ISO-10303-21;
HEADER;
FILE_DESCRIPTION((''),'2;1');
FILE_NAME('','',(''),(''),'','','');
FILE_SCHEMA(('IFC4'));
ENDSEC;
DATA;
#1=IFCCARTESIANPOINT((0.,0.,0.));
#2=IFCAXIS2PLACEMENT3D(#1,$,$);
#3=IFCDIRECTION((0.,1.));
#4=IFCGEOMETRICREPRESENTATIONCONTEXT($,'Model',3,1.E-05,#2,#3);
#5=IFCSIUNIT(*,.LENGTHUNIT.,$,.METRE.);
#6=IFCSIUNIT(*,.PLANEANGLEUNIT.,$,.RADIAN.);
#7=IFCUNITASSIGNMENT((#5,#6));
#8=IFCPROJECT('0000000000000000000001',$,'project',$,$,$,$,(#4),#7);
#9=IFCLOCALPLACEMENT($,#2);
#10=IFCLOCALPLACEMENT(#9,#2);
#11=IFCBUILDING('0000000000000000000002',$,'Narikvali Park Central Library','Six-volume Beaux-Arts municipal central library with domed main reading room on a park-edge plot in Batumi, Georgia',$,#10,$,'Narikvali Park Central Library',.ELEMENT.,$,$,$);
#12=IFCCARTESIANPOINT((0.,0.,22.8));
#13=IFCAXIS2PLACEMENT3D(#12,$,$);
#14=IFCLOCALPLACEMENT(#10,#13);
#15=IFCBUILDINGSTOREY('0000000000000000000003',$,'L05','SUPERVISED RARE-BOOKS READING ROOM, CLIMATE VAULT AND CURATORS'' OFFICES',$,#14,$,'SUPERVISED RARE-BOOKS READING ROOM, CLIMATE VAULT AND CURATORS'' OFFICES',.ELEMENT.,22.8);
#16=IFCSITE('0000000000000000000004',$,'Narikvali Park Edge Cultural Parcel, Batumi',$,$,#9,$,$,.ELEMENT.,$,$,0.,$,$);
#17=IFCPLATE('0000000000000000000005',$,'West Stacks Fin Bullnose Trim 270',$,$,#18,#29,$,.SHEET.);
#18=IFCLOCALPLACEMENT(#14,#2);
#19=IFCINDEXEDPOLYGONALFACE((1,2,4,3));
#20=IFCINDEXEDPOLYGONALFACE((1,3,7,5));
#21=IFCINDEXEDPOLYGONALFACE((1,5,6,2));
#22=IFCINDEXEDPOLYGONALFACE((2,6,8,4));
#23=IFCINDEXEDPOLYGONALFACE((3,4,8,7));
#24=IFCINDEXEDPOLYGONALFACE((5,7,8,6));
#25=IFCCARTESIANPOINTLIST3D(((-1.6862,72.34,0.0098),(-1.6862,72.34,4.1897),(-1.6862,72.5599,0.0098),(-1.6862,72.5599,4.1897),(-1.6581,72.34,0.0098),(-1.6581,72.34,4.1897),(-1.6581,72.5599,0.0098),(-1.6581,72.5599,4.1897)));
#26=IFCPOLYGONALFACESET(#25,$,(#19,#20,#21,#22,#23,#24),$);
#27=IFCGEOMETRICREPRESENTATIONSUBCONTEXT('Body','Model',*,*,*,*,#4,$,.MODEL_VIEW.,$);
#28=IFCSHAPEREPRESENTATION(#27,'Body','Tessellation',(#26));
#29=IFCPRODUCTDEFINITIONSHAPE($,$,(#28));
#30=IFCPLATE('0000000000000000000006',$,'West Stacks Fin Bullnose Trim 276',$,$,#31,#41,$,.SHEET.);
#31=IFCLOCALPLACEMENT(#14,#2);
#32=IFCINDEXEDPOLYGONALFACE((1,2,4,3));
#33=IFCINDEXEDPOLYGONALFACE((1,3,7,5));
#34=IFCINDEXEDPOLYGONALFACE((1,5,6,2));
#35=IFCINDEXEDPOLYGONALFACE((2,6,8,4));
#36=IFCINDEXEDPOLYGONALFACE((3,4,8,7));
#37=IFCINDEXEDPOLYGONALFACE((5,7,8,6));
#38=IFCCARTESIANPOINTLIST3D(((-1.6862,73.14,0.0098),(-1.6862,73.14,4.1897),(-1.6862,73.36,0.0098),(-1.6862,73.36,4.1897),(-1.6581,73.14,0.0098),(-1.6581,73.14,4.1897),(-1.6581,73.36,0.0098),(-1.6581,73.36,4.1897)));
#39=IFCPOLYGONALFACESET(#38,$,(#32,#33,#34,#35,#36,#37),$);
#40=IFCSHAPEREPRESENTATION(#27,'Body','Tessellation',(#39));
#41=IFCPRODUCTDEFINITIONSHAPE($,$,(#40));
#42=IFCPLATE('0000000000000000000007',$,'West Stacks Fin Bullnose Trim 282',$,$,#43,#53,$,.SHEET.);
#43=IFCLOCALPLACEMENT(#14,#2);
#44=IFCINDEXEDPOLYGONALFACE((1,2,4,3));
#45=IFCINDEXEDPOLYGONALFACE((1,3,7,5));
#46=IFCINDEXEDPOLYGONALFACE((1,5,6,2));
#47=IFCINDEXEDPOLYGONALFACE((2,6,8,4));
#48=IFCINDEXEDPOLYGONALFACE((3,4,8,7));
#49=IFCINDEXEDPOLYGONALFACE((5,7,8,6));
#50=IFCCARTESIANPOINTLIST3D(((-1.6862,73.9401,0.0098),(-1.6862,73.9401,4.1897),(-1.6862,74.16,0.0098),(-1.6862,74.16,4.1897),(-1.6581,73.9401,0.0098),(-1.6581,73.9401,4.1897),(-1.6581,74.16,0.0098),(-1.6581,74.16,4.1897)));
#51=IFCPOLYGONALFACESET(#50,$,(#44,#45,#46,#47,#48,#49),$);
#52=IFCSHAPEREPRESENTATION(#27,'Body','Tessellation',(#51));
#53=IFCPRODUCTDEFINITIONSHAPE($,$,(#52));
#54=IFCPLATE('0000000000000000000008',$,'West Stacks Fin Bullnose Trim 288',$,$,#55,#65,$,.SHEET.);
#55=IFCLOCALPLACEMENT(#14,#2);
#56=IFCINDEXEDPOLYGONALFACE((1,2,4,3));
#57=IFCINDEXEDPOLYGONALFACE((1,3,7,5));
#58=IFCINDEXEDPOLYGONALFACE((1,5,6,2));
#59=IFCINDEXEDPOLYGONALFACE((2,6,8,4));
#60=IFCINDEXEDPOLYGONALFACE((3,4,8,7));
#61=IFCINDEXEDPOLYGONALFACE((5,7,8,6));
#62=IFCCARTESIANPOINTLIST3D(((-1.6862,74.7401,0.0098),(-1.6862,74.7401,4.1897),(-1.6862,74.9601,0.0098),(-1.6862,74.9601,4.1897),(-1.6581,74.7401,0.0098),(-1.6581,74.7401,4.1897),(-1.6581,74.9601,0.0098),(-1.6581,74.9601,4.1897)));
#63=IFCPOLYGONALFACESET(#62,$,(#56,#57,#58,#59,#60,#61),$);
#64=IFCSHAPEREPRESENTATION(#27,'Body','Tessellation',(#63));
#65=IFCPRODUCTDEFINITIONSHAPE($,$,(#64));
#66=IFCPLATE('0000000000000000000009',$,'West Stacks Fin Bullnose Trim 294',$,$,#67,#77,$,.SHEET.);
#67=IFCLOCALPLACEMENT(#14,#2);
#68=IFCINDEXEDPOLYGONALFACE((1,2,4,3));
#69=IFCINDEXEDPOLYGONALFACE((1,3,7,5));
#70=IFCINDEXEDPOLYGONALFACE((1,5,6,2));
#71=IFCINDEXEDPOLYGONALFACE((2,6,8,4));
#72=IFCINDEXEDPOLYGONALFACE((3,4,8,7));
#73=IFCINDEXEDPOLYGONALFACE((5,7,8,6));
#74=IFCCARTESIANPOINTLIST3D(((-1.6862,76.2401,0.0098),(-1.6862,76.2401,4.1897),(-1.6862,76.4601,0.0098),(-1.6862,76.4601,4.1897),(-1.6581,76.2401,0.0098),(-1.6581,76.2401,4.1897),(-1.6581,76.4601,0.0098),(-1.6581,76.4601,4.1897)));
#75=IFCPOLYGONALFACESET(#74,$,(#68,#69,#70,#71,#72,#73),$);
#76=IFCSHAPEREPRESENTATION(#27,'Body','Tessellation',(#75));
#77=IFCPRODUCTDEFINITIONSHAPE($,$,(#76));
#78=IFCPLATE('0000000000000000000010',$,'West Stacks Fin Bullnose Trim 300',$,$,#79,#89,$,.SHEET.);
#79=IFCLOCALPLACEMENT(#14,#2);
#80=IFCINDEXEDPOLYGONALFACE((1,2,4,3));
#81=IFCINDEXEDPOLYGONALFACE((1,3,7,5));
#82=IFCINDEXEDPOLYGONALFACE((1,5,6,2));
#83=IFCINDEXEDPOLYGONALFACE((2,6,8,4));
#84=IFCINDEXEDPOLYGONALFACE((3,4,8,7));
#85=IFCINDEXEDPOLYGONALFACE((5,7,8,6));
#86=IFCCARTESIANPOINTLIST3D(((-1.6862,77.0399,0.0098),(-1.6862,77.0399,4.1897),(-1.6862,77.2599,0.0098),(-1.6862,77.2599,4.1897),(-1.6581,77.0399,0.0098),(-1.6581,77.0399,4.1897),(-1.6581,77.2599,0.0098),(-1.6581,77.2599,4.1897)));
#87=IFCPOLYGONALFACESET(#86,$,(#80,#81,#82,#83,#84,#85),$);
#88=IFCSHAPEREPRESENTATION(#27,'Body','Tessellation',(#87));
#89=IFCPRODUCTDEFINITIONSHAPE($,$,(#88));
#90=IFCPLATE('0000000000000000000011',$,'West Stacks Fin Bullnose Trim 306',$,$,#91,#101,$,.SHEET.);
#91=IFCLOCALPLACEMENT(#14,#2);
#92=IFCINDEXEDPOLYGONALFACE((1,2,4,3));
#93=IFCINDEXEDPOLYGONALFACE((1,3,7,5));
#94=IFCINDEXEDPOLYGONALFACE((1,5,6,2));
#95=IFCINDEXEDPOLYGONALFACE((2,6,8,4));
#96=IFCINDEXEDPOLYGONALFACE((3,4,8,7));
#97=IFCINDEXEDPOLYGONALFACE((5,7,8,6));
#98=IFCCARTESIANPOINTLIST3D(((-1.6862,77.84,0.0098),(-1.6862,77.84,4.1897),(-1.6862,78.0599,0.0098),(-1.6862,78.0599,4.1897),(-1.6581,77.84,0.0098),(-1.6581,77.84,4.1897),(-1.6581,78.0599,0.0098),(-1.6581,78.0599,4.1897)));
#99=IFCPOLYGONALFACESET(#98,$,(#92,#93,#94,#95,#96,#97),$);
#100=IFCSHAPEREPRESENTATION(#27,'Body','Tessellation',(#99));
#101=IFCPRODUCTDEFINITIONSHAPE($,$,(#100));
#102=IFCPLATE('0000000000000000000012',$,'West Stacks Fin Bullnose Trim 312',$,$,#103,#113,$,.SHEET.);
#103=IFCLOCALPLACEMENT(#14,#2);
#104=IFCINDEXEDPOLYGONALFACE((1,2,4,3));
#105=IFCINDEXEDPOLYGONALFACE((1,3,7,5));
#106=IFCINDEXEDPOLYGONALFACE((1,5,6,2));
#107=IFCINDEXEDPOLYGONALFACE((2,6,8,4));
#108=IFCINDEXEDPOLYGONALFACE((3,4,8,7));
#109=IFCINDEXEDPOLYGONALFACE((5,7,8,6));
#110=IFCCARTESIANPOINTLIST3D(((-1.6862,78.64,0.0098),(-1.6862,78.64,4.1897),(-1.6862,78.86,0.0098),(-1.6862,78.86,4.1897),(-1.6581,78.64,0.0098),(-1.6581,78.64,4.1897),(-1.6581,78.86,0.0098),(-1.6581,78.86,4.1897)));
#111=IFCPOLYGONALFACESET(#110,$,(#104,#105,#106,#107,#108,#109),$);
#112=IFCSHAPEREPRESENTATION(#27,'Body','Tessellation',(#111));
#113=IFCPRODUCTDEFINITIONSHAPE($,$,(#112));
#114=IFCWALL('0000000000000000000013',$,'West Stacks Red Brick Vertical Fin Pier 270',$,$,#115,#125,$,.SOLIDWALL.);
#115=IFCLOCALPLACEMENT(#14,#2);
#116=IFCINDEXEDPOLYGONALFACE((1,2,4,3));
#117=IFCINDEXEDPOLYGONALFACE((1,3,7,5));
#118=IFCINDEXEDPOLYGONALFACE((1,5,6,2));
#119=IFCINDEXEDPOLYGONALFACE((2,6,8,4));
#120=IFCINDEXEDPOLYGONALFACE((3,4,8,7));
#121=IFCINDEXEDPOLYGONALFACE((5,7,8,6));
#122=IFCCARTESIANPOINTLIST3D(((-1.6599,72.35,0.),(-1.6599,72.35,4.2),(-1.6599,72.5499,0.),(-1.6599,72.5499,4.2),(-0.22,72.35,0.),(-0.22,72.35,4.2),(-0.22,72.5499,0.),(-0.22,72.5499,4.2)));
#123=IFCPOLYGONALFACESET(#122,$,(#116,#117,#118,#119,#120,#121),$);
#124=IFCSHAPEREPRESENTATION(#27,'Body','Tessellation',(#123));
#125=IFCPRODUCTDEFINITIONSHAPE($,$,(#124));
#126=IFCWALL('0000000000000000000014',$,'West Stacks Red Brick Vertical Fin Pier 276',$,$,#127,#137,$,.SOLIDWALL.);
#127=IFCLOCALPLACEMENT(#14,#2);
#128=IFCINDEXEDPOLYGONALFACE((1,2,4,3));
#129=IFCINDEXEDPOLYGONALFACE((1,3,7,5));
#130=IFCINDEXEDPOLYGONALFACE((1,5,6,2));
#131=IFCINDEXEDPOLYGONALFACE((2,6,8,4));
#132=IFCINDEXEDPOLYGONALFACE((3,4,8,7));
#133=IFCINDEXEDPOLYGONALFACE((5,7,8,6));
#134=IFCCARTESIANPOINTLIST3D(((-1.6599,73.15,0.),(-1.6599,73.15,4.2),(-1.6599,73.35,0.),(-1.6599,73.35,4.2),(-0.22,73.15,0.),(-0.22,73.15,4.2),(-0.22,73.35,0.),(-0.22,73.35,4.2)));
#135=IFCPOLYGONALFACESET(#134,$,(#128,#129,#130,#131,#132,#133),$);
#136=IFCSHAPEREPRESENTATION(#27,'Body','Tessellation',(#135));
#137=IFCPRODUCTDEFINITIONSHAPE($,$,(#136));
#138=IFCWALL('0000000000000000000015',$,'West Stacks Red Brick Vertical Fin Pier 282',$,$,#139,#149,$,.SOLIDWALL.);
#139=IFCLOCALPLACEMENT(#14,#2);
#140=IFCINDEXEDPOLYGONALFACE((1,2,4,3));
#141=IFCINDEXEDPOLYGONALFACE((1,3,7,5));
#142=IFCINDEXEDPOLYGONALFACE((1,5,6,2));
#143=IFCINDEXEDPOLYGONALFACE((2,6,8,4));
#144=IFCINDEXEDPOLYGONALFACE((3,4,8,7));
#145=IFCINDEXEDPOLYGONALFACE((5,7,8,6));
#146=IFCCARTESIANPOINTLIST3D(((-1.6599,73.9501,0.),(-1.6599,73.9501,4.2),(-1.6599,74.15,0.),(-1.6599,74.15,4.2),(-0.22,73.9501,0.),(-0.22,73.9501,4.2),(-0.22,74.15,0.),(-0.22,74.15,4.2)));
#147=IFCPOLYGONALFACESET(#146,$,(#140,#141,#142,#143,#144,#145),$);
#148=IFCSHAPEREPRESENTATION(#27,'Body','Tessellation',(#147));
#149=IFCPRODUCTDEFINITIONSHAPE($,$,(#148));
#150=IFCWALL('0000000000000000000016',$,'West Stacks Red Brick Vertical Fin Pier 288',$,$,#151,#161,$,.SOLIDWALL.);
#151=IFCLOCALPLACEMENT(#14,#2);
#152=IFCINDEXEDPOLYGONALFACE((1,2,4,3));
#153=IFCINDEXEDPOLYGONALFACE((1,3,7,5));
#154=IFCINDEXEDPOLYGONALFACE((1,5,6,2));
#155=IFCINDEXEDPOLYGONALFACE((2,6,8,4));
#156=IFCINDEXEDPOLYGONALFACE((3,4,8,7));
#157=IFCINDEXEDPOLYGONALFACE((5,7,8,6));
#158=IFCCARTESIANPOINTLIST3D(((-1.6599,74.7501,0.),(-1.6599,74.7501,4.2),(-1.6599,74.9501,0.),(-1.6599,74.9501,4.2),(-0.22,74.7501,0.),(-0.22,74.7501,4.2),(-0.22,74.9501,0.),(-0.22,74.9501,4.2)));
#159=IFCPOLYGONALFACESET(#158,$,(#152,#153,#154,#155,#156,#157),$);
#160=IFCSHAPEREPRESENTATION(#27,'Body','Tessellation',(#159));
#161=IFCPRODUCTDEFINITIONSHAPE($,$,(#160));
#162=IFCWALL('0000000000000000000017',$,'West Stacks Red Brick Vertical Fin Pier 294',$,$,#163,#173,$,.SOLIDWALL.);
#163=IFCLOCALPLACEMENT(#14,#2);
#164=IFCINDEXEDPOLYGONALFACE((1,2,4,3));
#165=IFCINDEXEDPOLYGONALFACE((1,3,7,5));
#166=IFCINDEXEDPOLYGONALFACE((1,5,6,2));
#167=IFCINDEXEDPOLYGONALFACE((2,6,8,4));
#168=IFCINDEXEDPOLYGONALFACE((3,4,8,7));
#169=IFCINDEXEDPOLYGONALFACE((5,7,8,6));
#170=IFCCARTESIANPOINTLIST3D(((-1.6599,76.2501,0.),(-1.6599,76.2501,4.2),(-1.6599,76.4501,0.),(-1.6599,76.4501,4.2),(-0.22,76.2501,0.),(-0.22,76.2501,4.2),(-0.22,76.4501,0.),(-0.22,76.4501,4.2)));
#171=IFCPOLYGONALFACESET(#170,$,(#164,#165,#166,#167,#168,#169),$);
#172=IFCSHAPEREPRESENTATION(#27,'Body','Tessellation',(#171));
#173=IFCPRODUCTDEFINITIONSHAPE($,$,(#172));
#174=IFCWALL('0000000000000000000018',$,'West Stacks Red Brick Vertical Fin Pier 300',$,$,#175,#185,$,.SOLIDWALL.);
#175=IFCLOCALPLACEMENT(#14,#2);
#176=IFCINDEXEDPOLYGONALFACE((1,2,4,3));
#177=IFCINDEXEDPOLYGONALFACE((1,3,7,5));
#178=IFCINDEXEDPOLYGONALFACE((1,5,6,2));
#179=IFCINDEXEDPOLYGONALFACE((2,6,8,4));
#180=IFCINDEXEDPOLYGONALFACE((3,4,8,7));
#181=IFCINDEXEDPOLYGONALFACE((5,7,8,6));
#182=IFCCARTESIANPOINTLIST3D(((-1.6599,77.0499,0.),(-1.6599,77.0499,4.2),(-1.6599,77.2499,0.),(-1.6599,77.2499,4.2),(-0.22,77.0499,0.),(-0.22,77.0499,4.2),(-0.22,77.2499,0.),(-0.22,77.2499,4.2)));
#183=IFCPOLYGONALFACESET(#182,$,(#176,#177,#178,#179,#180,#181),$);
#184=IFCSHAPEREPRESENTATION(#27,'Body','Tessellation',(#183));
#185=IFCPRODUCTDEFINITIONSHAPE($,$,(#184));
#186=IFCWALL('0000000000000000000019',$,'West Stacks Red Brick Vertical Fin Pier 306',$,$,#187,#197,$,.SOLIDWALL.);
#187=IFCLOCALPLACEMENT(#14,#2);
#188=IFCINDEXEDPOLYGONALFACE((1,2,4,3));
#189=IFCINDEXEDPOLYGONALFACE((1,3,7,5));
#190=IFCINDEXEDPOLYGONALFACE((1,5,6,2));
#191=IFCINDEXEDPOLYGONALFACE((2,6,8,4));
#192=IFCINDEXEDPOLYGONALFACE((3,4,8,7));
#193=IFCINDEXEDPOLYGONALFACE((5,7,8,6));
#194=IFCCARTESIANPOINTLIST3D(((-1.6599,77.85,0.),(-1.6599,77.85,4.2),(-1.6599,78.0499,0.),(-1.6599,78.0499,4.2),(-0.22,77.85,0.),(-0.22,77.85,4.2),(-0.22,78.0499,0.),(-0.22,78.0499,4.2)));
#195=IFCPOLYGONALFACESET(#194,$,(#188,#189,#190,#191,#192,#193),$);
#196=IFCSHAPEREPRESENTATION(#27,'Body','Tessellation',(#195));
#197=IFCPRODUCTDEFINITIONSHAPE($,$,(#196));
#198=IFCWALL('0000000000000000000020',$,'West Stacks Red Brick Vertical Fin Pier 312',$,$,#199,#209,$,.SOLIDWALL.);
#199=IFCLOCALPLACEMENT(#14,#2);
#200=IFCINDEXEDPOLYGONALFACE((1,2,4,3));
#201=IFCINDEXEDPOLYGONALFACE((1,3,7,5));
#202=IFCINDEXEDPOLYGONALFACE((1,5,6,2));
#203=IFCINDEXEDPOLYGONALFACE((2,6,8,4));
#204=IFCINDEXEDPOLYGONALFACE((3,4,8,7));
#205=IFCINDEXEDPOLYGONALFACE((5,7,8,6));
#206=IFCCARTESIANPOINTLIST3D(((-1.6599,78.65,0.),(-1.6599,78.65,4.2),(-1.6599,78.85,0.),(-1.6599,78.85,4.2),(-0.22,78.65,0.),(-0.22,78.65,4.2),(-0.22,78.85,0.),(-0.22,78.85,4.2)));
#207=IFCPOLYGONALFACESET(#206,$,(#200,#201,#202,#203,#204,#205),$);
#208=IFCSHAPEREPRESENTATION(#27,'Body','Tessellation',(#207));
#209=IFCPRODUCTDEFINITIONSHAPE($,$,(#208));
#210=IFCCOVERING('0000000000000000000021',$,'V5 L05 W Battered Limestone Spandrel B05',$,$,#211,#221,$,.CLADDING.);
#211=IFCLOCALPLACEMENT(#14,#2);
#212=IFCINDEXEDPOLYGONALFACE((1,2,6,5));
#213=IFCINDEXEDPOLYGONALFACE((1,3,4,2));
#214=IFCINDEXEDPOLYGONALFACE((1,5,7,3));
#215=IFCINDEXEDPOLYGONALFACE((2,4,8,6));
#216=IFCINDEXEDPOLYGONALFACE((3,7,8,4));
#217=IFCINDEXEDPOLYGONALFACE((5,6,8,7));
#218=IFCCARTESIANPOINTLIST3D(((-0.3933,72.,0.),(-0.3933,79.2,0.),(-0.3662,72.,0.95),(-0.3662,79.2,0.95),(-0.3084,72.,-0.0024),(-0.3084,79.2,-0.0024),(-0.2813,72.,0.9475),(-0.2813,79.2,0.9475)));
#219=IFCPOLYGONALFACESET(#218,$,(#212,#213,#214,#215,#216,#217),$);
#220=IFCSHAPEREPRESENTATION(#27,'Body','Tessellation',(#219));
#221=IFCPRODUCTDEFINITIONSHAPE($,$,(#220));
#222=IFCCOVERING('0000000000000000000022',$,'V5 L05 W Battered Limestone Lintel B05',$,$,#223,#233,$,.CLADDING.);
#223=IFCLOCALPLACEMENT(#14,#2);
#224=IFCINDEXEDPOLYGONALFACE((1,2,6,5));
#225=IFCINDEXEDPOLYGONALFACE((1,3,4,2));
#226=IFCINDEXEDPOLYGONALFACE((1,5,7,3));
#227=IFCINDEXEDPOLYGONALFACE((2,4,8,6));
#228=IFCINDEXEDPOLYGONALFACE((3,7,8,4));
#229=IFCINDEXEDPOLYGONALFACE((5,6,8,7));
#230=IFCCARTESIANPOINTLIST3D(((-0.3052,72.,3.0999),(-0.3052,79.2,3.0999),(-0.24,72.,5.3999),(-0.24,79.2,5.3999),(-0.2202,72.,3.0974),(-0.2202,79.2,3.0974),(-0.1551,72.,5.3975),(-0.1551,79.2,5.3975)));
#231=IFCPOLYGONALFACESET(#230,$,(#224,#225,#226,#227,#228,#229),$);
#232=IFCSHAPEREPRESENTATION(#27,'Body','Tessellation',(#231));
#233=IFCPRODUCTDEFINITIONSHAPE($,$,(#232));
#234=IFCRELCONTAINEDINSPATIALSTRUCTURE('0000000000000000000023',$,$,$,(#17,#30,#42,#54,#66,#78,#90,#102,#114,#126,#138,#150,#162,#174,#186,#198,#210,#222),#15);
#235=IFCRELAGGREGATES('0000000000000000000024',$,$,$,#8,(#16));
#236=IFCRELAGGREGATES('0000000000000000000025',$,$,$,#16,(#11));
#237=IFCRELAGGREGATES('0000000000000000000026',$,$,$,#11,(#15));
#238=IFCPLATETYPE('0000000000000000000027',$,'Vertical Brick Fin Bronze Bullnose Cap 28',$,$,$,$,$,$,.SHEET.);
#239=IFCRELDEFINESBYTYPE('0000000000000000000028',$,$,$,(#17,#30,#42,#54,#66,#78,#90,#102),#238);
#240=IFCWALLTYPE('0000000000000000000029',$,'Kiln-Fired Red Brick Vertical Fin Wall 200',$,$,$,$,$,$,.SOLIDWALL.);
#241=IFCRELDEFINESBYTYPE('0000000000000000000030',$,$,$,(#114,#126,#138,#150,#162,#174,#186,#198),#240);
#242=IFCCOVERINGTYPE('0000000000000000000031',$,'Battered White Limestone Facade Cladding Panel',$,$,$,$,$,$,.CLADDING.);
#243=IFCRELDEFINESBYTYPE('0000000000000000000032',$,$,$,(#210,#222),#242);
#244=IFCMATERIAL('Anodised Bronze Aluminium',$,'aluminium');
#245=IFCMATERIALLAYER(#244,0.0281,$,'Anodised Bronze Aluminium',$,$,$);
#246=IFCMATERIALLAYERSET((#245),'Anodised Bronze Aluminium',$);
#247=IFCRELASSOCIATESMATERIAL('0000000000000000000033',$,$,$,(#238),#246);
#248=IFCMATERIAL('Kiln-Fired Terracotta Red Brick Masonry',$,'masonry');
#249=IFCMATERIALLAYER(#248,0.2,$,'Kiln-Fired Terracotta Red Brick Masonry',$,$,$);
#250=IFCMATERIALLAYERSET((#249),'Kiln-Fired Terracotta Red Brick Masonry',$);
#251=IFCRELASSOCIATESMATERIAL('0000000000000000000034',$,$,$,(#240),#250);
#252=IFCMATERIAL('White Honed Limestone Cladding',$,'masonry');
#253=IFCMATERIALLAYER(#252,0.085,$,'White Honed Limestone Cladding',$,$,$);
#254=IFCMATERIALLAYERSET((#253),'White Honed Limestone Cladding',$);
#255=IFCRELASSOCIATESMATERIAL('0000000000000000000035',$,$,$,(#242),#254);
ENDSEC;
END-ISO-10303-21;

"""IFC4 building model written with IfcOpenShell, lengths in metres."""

from ifc_helpers import new_model, si_unit, direction, frame, frame_2d, origin, origin_2d, place, context, subcontext, project, spatial, polyline, rectangle, outline, extrude, material, layer, layer_set, type_object, element, save


model = new_model("IFC4")

# Units and contexts
model_context = context("Model", 3, precision=1e-05, world=origin(), true_north=direction((0.0, 1.0)))
body_context = subcontext(model_context, "Body", "Model", "MODEL_VIEW")
ifc_project = project(units=[si_unit("LENGTHUNIT", "METRE"), si_unit("PLANEANGLEUNIT", "RADIAN")], contexts=[model_context])

# Site, building, storey
site_placement = place(None, origin())
site = spatial("IfcSite", under=ifc_project, at=site_placement, Name="Narikvali Park Edge Cultural Parcel, Batumi", CompositionType="ELEMENT", RefElevation=0.0)
building_placement = place(site_placement, origin())
building = spatial("IfcBuilding", under=site, at=building_placement, Name="Narikvali Park Central Library", Description="Six-volume Beaux-Arts municipal central library with domed main reading room on a park-edge plot in Batumi, Georgia", LongName="Narikvali Park Central Library", CompositionType="ELEMENT")
storey_placement = place(building_placement, frame((0.0, 0.0, 22.8)))
storey = spatial("IfcBuildingStorey", under=building, at=storey_placement, Name="L05", Description="SUPERVISED RARE-BOOKS READING ROOM, CLIMATE VAULT AND CURATORS' OFFICES", LongName="SUPERVISED RARE-BOOKS READING ROOM, CLIMATE VAULT AND CURATORS' OFFICES", CompositionType="ELEMENT", Elevation=22.8)

# Plates
ifc_material_1 = material(Name="Anodised Bronze Aluminium", Category="aluminium")
ifc_layer_1 = layer(ifc_material_1, 0.0281, Name="Anodised Bronze Aluminium")
ifc_layer_set_1 = layer_set([ifc_layer_1], Name="Anodised Bronze Aluminium")
plate_type = type_object("IfcPlateType", Name="Vertical Brick Fin Bronze Bullnose Cap 28", PredefinedType="SHEET", material=ifc_layer_set_1)
for number, where, z_axis, x_axis, name in (
    (1, (-1.6721, 72.45, 0.0098), (0.0, 0.0, 1.0), (1.0, 0.0, 0.0), "West Stacks Fin Bullnose Trim 270"),
    (2, (-1.6721, 73.25, 0.0098), (0.0, 0.0, 1.0), (1.0, 0.0, 0.0), "West Stacks Fin Bullnose Trim 276"),
    (3, (-1.6721, 74.05, 0.0098), (0.0, 0.0, 1.0), (1.0, 0.0, 0.0), "West Stacks Fin Bullnose Trim 282"),
    (4, (-1.6721, 74.8501, 0.0098), (0.0, 0.0, 1.0), (1.0, 0.0, 0.0), "West Stacks Fin Bullnose Trim 288"),
    (5, (-1.6721, 76.3501, 0.0098), (0.0, 0.0, 1.0), (1.0, 0.0, 0.0), "West Stacks Fin Bullnose Trim 294"),
    (6, (-1.6721, 77.1499, 0.0098), (0.0, 0.0, 1.0), (1.0, 0.0, 0.0), "West Stacks Fin Bullnose Trim 300"),
    (7, (-1.6721, 77.95, 0.0098), (0.0, 0.0, 1.0), (1.0, 0.0, 0.0), "West Stacks Fin Bullnose Trim 306"),
    (8, (-1.6721, 78.75, 0.0098), (0.0, 0.0, 1.0), (1.0, 0.0, 0.0), "West Stacks Fin Bullnose Trim 312"),
):
    element("IfcPlate", number, at=place(storey_placement, frame(where, z_axis=z_axis, x_axis=x_axis)), inside=storey, type_object=plate_type, Name=name, PredefinedType="SHEET", context=body_context, shape_type="SweptSolid", body=[
        extrude(rectangle(XDim=0.0281, YDim=0.22, at=origin_2d()), origin(), (0.0, 0.0, 1.0), 4.1799),
    ])

# Walls
ifc_material_2 = material(Name="Kiln-Fired Terracotta Red Brick Masonry", Category="masonry")
ifc_layer_2 = layer(ifc_material_2, 0.2, Name="Kiln-Fired Terracotta Red Brick Masonry")
ifc_layer_set_2 = layer_set([ifc_layer_2], Name="Kiln-Fired Terracotta Red Brick Masonry")
wall_type = type_object("IfcWallType", Name="Kiln-Fired Red Brick Vertical Fin Wall 200", PredefinedType="SOLIDWALL", material=ifc_layer_set_2)
for number, where, z_axis, x_axis, name in (
    (9, (-1.6599, 72.45, 0.0), (0.0, 0.0, 1.0), (1.0, 0.0, 0.0), "West Stacks Red Brick Vertical Fin Pier 270"),
    (10, (-1.6599, 73.25, 0.0), (0.0, 0.0, 1.0), (1.0, 0.0, 0.0), "West Stacks Red Brick Vertical Fin Pier 276"),
    (11, (-1.6599, 74.05, 0.0), (0.0, 0.0, 1.0), (1.0, 0.0, 0.0), "West Stacks Red Brick Vertical Fin Pier 282"),
    (12, (-1.6599, 74.8501, 0.0), (0.0, 0.0, 1.0), (1.0, 0.0, 0.0), "West Stacks Red Brick Vertical Fin Pier 288"),
    (13, (-1.6599, 76.3501, 0.0), (0.0, 0.0, 1.0), (1.0, 0.0, 0.0), "West Stacks Red Brick Vertical Fin Pier 294"),
    (14, (-1.6599, 77.1499, 0.0), (0.0, 0.0, 1.0), (1.0, 0.0, 0.0), "West Stacks Red Brick Vertical Fin Pier 300"),
    (15, (-1.6599, 77.95, 0.0), (0.0, 0.0, 1.0), (1.0, 0.0, 0.0), "West Stacks Red Brick Vertical Fin Pier 306"),
    (16, (-1.6599, 78.75, 0.0), (0.0, 0.0, 1.0), (1.0, 0.0, 0.0), "West Stacks Red Brick Vertical Fin Pier 312"),
):
    element("IfcWall", number, at=place(storey_placement, frame(where, z_axis=z_axis, x_axis=x_axis)), inside=storey, type_object=wall_type, Name=name, PredefinedType="SOLIDWALL", context=body_context, shape_type="SweptSolid", body=[
        extrude(rectangle(XDim=1.4399, YDim=0.2, at=frame_2d((0.72, 0.0))), origin(), (0.0, 0.0, 1.0), 4.2),
    ])

# Coverings
ifc_material_3 = material(Name="White Honed Limestone Cladding", Category="masonry")
ifc_layer_3 = layer(ifc_material_3, 0.085, Name="White Honed Limestone Cladding")
ifc_layer_set_3 = layer_set([ifc_layer_3], Name="White Honed Limestone Cladding")
covering_type = type_object("IfcCoveringType", Name="Battered White Limestone Facade Cladding Panel", PredefinedType="CLADDING", material=ifc_layer_set_3)
covering_1_placement = place(storey_placement, frame((-0.3933, 79.2, 0.0), z_axis=(-0.999593, 0.0, 0.028516), x_axis=(0.0, -1.0, 0.0)))
element("IfcCovering", 17, at=covering_1_placement, inside=storey, type_object=covering_type, Name="V5 L05 W Battered Limestone Spandrel B05", PredefinedType="CLADDING", context=body_context, shape_type="SweptSolid", body=[
    extrude(outline(polyline([(0.0, 0.0), (7.2, 0.0), (7.2, 0.9503), (0.0, 0.9503), (0.0, 0.0)])), origin(), (0.0, 0.0, -1.0), 0.085),
])
covering_2_placement = place(storey_placement, frame((-0.3052, 79.2, 3.0999), z_axis=(-0.999599, 0.0, 0.02833), x_axis=(0.0, -1.0, 0.0)))
element("IfcCovering", 18, at=covering_2_placement, inside=storey, type_object=covering_type, Name="V5 L05 W Battered Limestone Lintel B05", PredefinedType="CLADDING", context=body_context, shape_type="SweptSolid", body=[
    extrude(outline(polyline([(0.0, 0.0), (7.2, 0.0), (7.2, 2.301), (0.0, 2.301), (0.0, 0.0)])), origin(), (0.0, 0.0, -1.0), 0.085),
])

save(model, "model.ifc")
